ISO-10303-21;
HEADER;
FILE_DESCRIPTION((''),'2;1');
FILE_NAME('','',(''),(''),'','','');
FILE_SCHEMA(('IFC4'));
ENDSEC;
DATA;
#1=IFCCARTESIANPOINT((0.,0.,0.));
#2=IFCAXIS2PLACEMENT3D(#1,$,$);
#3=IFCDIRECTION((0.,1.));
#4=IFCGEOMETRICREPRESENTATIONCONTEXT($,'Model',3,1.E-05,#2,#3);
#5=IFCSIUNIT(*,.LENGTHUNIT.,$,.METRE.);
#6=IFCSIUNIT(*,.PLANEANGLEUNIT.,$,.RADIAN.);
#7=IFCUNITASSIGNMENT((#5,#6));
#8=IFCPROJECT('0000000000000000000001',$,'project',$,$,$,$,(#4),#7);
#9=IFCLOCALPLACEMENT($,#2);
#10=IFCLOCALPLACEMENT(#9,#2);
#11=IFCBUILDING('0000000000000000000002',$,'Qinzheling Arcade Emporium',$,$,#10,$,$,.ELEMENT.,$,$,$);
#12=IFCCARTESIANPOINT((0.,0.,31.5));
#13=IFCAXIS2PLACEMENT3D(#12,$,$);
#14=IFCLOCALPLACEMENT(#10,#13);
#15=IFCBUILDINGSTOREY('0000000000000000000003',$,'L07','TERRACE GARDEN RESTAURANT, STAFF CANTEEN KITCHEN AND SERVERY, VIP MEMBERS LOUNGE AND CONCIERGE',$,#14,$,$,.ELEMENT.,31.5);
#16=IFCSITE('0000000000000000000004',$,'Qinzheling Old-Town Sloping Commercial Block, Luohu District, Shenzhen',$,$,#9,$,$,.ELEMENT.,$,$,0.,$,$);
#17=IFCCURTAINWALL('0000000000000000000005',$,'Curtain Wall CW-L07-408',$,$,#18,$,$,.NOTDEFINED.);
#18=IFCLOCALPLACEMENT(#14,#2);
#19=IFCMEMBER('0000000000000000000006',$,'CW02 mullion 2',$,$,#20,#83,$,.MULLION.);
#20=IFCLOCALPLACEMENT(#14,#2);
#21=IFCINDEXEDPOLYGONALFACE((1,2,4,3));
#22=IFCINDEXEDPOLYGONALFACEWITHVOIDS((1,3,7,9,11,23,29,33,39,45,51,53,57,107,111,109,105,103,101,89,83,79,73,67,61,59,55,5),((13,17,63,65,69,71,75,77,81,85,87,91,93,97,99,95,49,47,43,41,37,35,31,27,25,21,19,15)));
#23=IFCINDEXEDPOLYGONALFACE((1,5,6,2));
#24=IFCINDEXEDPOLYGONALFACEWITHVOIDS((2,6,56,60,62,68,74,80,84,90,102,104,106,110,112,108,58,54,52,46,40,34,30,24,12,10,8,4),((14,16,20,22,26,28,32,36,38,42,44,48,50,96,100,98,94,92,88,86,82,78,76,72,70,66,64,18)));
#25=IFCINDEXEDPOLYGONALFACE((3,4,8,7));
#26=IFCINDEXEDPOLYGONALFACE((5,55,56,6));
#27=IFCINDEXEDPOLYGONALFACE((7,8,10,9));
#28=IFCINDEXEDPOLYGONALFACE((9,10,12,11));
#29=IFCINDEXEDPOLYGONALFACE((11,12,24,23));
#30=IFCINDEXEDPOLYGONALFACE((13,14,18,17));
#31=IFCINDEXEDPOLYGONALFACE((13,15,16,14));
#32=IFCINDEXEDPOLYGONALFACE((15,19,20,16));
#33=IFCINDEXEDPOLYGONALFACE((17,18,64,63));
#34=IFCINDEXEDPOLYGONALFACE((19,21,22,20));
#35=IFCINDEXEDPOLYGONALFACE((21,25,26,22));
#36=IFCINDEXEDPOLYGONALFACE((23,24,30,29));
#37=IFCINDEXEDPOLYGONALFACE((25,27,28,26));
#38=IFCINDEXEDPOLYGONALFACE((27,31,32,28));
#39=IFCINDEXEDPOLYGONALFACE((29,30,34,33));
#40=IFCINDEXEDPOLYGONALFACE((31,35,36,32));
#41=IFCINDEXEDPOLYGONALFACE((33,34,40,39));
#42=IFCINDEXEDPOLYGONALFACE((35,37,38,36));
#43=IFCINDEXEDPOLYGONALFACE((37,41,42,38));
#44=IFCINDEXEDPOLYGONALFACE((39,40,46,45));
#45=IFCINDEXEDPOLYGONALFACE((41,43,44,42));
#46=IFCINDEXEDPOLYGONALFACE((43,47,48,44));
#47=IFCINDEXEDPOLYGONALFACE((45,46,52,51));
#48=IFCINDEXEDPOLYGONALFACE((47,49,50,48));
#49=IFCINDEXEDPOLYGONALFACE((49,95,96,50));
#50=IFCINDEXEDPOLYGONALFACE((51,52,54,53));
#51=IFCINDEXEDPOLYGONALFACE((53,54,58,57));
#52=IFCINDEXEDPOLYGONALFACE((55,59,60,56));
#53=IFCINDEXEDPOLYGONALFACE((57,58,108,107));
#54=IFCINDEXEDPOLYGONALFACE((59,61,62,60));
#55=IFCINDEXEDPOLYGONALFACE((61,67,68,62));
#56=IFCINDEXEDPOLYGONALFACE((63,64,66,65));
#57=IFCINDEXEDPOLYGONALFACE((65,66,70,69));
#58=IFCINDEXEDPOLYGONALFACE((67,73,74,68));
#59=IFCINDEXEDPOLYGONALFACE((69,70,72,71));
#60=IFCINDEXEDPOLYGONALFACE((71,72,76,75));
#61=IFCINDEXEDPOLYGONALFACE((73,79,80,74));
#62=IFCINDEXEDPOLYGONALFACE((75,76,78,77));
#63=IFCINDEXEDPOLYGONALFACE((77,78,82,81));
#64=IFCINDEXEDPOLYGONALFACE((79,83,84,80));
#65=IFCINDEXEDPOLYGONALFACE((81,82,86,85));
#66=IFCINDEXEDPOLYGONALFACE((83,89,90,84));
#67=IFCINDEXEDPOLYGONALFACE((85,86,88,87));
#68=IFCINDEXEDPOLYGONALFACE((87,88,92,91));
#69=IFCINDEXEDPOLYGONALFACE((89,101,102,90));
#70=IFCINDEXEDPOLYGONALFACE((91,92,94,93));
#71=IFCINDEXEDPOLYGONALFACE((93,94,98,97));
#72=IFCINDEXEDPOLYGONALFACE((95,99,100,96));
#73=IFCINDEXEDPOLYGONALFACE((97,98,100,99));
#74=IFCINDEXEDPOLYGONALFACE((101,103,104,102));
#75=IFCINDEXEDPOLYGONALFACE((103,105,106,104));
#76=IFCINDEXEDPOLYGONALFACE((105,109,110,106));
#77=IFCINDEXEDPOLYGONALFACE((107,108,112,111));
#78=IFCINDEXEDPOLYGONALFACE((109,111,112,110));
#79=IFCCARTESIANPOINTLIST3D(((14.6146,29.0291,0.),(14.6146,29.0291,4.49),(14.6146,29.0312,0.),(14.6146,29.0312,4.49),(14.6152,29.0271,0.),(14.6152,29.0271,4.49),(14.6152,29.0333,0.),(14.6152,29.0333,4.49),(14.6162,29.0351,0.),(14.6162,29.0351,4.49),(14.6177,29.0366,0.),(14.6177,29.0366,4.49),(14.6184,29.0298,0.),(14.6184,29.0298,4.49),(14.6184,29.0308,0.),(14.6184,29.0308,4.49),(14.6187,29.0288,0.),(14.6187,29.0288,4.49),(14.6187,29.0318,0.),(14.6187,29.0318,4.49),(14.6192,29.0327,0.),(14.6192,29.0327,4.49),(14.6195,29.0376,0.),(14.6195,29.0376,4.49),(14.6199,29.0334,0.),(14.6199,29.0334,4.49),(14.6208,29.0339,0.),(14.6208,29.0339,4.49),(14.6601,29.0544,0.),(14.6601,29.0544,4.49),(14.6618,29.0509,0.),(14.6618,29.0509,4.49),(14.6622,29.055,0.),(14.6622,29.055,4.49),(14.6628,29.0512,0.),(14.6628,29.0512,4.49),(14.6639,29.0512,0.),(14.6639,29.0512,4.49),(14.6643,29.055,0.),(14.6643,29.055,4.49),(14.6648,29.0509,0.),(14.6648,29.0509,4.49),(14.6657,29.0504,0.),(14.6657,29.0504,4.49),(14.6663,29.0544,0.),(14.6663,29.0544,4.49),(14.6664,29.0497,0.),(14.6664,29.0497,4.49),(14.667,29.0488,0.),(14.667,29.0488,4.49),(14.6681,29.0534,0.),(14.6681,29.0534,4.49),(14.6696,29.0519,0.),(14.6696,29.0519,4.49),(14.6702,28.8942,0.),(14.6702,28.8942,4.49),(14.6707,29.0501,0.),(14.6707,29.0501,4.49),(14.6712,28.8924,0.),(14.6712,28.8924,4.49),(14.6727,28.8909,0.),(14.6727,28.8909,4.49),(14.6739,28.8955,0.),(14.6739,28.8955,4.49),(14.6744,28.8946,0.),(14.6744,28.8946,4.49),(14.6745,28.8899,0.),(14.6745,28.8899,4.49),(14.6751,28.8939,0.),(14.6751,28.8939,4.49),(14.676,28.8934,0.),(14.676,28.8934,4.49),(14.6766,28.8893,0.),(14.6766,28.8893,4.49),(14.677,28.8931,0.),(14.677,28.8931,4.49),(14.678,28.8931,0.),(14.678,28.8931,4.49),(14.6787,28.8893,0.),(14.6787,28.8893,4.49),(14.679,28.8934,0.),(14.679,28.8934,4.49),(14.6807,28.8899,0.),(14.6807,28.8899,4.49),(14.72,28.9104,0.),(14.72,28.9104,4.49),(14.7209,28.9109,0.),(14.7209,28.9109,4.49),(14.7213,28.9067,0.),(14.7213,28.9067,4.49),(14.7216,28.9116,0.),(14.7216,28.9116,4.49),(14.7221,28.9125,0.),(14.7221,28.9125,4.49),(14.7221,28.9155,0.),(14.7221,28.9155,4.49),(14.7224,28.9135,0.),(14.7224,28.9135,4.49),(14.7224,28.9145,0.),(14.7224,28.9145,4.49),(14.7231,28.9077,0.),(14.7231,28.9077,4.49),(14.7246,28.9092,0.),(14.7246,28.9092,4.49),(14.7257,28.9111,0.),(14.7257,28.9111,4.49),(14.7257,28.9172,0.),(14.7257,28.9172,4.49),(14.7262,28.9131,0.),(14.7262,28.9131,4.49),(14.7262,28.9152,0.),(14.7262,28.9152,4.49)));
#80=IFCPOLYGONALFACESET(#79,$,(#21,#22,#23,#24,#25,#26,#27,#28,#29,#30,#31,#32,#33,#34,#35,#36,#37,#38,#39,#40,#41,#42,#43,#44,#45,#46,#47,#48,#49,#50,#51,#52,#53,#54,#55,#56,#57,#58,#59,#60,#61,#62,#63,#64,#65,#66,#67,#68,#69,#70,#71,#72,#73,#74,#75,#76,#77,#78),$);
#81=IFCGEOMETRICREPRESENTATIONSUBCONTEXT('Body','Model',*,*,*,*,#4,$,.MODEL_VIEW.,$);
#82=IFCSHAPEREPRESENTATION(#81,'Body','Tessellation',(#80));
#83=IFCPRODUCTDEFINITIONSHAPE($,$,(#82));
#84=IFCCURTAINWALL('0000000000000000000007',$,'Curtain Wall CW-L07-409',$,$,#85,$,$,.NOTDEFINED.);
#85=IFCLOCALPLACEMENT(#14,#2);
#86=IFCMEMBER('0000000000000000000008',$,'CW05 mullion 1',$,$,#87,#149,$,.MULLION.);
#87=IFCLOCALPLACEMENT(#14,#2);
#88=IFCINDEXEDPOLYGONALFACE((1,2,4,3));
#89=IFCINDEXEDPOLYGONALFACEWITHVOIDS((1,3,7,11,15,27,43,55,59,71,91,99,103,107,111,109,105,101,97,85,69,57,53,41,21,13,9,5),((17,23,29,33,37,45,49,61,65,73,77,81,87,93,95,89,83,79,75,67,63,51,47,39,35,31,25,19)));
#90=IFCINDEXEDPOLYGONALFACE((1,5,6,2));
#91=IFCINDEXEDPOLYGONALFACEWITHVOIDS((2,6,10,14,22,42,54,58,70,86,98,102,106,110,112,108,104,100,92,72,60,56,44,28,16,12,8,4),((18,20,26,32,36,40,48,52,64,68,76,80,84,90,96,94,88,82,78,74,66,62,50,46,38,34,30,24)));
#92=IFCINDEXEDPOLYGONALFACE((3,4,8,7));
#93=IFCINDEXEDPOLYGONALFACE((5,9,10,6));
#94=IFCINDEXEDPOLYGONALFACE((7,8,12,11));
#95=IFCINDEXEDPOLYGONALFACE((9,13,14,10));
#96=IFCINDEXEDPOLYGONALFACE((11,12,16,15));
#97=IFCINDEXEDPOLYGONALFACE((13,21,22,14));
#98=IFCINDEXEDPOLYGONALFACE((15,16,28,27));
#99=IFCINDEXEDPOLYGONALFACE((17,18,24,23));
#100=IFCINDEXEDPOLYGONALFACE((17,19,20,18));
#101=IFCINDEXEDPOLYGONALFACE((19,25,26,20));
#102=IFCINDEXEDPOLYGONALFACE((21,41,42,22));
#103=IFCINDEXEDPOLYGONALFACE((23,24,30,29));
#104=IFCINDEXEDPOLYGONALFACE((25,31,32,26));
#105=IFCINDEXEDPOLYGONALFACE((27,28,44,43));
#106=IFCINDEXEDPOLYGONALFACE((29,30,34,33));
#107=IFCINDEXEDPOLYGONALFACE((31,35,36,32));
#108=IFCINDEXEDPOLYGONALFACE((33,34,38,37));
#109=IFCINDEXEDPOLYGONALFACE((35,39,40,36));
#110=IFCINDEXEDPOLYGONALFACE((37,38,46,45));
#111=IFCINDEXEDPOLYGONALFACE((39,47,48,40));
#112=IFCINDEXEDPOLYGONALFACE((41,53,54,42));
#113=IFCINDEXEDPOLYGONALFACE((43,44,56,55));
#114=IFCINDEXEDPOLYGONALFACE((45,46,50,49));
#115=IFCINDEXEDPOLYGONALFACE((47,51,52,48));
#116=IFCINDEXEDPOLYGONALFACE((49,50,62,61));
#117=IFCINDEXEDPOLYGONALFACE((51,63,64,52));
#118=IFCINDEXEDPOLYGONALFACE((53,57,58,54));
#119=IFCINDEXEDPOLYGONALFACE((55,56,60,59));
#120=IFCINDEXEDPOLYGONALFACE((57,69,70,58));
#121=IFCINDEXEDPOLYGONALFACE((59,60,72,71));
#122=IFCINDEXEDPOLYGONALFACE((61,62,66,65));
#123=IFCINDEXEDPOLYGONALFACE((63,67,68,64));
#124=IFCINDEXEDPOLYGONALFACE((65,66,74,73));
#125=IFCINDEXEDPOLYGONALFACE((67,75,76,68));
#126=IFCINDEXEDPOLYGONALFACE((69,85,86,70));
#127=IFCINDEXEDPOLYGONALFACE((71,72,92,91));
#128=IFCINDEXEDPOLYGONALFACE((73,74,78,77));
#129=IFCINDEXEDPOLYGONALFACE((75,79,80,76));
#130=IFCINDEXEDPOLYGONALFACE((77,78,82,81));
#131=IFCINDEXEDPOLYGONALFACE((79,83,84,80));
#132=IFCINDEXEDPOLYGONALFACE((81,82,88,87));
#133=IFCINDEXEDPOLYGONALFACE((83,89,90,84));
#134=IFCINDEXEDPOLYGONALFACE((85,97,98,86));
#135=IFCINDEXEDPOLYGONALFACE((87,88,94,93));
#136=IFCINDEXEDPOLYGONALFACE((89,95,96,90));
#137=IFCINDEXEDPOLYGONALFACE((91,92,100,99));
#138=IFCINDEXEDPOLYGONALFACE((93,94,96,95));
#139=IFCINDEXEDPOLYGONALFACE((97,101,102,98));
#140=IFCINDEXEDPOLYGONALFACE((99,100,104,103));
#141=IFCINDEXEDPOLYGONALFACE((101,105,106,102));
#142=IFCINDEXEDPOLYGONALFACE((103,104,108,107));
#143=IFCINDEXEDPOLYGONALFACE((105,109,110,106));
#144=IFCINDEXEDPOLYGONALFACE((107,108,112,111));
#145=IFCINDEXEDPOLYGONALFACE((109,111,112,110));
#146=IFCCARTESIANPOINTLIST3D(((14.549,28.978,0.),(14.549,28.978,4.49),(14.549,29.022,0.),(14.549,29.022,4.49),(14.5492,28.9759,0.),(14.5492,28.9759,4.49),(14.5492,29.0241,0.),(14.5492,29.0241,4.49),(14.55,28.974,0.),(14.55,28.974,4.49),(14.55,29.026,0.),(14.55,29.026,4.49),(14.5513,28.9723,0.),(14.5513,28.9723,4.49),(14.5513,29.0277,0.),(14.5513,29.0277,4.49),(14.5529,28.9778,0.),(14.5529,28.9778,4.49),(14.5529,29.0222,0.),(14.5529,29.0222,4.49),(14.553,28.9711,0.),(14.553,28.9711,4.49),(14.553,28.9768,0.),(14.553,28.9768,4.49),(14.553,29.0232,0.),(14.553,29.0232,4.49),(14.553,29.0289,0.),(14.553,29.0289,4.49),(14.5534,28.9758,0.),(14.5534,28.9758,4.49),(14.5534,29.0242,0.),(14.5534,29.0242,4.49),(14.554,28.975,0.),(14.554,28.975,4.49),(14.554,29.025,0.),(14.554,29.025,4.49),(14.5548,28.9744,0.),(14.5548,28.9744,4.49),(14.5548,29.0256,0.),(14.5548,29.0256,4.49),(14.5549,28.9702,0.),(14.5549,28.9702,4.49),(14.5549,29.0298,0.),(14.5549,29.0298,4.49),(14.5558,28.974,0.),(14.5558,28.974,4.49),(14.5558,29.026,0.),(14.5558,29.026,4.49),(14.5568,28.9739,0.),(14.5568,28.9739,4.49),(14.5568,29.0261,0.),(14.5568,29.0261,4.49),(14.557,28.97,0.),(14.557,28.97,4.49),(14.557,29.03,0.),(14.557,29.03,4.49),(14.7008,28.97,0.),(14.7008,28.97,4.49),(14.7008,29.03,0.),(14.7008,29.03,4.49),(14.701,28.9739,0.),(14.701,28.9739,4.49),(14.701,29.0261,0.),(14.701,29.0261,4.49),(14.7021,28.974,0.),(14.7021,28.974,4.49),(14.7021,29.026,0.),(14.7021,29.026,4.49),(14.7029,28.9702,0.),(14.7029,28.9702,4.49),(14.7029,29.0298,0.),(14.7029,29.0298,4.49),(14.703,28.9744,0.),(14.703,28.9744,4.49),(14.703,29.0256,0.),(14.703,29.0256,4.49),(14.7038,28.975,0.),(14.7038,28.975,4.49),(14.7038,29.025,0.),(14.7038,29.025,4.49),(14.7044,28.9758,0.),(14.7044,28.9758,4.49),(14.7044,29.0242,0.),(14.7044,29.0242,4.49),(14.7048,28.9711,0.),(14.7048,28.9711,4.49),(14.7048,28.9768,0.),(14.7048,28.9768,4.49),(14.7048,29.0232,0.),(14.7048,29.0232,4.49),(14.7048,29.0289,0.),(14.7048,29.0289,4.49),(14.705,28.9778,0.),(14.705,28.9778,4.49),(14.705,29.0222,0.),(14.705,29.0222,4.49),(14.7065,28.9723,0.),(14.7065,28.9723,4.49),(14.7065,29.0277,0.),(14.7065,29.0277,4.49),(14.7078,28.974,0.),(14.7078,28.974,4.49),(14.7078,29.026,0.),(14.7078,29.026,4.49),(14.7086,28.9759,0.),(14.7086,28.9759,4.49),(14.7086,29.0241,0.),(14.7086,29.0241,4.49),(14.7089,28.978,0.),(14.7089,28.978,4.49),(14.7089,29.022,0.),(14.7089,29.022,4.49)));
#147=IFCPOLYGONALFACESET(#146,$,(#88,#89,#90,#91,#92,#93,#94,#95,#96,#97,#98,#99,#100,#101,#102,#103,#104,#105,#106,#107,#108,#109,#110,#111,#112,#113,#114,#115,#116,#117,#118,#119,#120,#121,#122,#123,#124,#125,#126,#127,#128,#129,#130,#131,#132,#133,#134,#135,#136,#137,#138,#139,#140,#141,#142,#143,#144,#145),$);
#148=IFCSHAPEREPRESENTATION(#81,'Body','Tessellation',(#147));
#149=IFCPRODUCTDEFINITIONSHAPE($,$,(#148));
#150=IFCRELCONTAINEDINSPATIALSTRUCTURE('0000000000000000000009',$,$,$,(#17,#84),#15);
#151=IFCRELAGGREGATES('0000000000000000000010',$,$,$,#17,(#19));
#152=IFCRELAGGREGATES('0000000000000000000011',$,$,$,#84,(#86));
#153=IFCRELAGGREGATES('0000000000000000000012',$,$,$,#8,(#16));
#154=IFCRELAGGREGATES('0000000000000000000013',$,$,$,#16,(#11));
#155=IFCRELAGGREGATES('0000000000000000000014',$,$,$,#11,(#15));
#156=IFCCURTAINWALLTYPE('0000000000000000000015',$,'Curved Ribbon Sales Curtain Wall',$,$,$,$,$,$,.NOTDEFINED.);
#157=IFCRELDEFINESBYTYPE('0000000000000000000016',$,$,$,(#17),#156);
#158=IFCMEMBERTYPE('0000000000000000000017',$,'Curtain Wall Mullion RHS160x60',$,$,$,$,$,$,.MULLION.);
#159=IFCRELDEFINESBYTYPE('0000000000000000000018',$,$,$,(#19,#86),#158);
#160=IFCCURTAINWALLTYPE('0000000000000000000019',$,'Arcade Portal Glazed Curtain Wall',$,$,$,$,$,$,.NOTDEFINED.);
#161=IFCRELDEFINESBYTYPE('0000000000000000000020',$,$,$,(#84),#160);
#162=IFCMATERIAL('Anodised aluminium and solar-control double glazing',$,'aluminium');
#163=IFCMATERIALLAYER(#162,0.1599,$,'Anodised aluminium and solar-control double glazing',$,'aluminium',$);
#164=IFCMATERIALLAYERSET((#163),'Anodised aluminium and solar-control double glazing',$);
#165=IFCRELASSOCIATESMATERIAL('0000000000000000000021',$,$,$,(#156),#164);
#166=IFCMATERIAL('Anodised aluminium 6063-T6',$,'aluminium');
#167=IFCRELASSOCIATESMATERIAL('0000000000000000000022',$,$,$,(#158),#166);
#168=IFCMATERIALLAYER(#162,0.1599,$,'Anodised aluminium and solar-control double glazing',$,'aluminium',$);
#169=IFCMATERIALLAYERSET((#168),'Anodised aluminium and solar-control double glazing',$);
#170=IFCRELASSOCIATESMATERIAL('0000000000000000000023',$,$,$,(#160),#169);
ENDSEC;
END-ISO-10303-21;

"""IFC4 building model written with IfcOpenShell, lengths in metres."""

from ifc_helpers import new_model, si_unit, direction, frame, origin, origin_2d, place, context, subcontext, project, spatial, hollow_rectangle, extrude, material, layer, layer_set, material_profile, profile_set, type_object, element, aggregate, save


model = new_model("IFC4")

# Units and contexts
model_context = context("Model", 3, precision=1e-05, world=origin(), true_north=direction((0.0, 1.0)))
body_context = subcontext(model_context, "Body", "Model", "MODEL_VIEW")
ifc_project = project(units=[si_unit("LENGTHUNIT", "METRE"), si_unit("PLANEANGLEUNIT", "RADIAN")], contexts=[model_context])

# Site, building, storey
site_placement = place(None, origin())
site = spatial("IfcSite", under=ifc_project, at=site_placement, Name="Qinzheling Old-Town Sloping Commercial Block, Luohu District, Shenzhen", CompositionType="ELEMENT", RefElevation=0.0)
building_placement = place(site_placement, origin())
building = spatial("IfcBuilding", under=site, at=building_placement, Name="Qinzheling Arcade Emporium", CompositionType="ELEMENT")
storey_placement = place(building_placement, frame((0.0, 0.0, 31.5)))
storey = spatial("IfcBuildingStorey", under=building, at=storey_placement, Name="L07", Description="TERRACE GARDEN RESTAURANT, STAFF CANTEEN KITCHEN AND SERVERY, VIP MEMBERS LOUNGE AND CONCIERGE", CompositionType="ELEMENT", Elevation=31.5)

# Curtain wall, member
ifc_material_1 = material(Name="Anodised aluminium and solar-control double glazing", Category="aluminium")
ifc_layer_1 = layer(ifc_material_1, 0.1599, Name="Anodised aluminium and solar-control double glazing", Category="aluminium")
ifc_layer_set_1 = layer_set([ifc_layer_1], Name="Anodised aluminium and solar-control double glazing")
curtain_wall_type_1 = type_object("IfcCurtainWallType", Name="Curved Ribbon Sales Curtain Wall", PredefinedType="NOTDEFINED", material=ifc_layer_set_1)
curtain_wall_1_placement = place(storey_placement, origin())
curtain_wall_1 = element("IfcCurtainWall", 1, at=curtain_wall_1_placement, inside=storey, type_object=curtain_wall_type_1, Name="Curtain Wall CW-L07-408", PredefinedType="NOTDEFINED")
ifc_material_2 = material(Name="Anodised aluminium 6063-T6", Category="aluminium")
ifc_material_profile_1 = material_profile(ifc_material_2, hollow_rectangle(XDim=0.0601, YDim=0.1599, WallThickness=0.0039, InnerFilletRadius=0.0039, OuterFilletRadius=0.0081, at=origin_2d()), Name="RHS 160x60x4", Category="aluminium")
ifc_profile_set_1 = profile_set([ifc_material_profile_1], Name="Anodised aluminium 6063-T6")
member_type_1 = type_object("IfcMemberType", Name="Curtain Wall Mullion RHS160x60", PredefinedType="MULLION", material=ifc_profile_set_1)
member_1_placement = place(storey_placement, frame((14.6704, 28.9722, 0.0), z_axis=(0.0, 0.0, 1.0), x_axis=(-0.923958, -0.382494, 0.0)))
member_1 = element("IfcMember", 2, at=member_1_placement, type_object=member_type_1, Name="CW02 mullion 2", PredefinedType="MULLION", context=body_context, shape_type="SweptSolid", body=[
    extrude(hollow_rectangle(XDim=0.0601, YDim=0.1599, WallThickness=0.0039, InnerFilletRadius=0.0039, OuterFilletRadius=0.0081, at=origin_2d()), origin(), (0.0, 0.0, 1.0), 4.49),
])

# Curtain wall, member
ifc_layer_2 = layer(ifc_material_1, 0.1599, Name="Anodised aluminium and solar-control double glazing", Category="aluminium")
ifc_layer_set_2 = layer_set([ifc_layer_2], Name="Anodised aluminium and solar-control double glazing")
curtain_wall_type_2 = type_object("IfcCurtainWallType", Name="Arcade Portal Glazed Curtain Wall", PredefinedType="NOTDEFINED", material=ifc_layer_set_2)
curtain_wall_2_placement = place(storey_placement, origin())
curtain_wall_2 = element("IfcCurtainWall", 3, at=curtain_wall_2_placement, inside=storey, type_object=curtain_wall_type_2, Name="Curtain Wall CW-L07-409", PredefinedType="NOTDEFINED")
member_2_placement = place(storey_placement, frame((14.6289, 29.0, 0.0), z_axis=(0.0, 0.0, 1.0), x_axis=(0.0, -1.0, 0.0)))
member_2 = element("IfcMember", 4, at=member_2_placement, type_object=member_type_1, Name="CW05 mullion 1", PredefinedType="MULLION", context=body_context, shape_type="SweptSolid", body=[
    extrude(hollow_rectangle(XDim=0.0601, YDim=0.1599, WallThickness=0.0039, InnerFilletRadius=0.0039, OuterFilletRadius=0.0081, at=origin_2d()), origin(), (0.0, 0.0, 1.0), 4.49),
])

aggregate(curtain_wall_1, [member_1])
aggregate(curtain_wall_2, [member_2])

save(model, "model.ifc")
